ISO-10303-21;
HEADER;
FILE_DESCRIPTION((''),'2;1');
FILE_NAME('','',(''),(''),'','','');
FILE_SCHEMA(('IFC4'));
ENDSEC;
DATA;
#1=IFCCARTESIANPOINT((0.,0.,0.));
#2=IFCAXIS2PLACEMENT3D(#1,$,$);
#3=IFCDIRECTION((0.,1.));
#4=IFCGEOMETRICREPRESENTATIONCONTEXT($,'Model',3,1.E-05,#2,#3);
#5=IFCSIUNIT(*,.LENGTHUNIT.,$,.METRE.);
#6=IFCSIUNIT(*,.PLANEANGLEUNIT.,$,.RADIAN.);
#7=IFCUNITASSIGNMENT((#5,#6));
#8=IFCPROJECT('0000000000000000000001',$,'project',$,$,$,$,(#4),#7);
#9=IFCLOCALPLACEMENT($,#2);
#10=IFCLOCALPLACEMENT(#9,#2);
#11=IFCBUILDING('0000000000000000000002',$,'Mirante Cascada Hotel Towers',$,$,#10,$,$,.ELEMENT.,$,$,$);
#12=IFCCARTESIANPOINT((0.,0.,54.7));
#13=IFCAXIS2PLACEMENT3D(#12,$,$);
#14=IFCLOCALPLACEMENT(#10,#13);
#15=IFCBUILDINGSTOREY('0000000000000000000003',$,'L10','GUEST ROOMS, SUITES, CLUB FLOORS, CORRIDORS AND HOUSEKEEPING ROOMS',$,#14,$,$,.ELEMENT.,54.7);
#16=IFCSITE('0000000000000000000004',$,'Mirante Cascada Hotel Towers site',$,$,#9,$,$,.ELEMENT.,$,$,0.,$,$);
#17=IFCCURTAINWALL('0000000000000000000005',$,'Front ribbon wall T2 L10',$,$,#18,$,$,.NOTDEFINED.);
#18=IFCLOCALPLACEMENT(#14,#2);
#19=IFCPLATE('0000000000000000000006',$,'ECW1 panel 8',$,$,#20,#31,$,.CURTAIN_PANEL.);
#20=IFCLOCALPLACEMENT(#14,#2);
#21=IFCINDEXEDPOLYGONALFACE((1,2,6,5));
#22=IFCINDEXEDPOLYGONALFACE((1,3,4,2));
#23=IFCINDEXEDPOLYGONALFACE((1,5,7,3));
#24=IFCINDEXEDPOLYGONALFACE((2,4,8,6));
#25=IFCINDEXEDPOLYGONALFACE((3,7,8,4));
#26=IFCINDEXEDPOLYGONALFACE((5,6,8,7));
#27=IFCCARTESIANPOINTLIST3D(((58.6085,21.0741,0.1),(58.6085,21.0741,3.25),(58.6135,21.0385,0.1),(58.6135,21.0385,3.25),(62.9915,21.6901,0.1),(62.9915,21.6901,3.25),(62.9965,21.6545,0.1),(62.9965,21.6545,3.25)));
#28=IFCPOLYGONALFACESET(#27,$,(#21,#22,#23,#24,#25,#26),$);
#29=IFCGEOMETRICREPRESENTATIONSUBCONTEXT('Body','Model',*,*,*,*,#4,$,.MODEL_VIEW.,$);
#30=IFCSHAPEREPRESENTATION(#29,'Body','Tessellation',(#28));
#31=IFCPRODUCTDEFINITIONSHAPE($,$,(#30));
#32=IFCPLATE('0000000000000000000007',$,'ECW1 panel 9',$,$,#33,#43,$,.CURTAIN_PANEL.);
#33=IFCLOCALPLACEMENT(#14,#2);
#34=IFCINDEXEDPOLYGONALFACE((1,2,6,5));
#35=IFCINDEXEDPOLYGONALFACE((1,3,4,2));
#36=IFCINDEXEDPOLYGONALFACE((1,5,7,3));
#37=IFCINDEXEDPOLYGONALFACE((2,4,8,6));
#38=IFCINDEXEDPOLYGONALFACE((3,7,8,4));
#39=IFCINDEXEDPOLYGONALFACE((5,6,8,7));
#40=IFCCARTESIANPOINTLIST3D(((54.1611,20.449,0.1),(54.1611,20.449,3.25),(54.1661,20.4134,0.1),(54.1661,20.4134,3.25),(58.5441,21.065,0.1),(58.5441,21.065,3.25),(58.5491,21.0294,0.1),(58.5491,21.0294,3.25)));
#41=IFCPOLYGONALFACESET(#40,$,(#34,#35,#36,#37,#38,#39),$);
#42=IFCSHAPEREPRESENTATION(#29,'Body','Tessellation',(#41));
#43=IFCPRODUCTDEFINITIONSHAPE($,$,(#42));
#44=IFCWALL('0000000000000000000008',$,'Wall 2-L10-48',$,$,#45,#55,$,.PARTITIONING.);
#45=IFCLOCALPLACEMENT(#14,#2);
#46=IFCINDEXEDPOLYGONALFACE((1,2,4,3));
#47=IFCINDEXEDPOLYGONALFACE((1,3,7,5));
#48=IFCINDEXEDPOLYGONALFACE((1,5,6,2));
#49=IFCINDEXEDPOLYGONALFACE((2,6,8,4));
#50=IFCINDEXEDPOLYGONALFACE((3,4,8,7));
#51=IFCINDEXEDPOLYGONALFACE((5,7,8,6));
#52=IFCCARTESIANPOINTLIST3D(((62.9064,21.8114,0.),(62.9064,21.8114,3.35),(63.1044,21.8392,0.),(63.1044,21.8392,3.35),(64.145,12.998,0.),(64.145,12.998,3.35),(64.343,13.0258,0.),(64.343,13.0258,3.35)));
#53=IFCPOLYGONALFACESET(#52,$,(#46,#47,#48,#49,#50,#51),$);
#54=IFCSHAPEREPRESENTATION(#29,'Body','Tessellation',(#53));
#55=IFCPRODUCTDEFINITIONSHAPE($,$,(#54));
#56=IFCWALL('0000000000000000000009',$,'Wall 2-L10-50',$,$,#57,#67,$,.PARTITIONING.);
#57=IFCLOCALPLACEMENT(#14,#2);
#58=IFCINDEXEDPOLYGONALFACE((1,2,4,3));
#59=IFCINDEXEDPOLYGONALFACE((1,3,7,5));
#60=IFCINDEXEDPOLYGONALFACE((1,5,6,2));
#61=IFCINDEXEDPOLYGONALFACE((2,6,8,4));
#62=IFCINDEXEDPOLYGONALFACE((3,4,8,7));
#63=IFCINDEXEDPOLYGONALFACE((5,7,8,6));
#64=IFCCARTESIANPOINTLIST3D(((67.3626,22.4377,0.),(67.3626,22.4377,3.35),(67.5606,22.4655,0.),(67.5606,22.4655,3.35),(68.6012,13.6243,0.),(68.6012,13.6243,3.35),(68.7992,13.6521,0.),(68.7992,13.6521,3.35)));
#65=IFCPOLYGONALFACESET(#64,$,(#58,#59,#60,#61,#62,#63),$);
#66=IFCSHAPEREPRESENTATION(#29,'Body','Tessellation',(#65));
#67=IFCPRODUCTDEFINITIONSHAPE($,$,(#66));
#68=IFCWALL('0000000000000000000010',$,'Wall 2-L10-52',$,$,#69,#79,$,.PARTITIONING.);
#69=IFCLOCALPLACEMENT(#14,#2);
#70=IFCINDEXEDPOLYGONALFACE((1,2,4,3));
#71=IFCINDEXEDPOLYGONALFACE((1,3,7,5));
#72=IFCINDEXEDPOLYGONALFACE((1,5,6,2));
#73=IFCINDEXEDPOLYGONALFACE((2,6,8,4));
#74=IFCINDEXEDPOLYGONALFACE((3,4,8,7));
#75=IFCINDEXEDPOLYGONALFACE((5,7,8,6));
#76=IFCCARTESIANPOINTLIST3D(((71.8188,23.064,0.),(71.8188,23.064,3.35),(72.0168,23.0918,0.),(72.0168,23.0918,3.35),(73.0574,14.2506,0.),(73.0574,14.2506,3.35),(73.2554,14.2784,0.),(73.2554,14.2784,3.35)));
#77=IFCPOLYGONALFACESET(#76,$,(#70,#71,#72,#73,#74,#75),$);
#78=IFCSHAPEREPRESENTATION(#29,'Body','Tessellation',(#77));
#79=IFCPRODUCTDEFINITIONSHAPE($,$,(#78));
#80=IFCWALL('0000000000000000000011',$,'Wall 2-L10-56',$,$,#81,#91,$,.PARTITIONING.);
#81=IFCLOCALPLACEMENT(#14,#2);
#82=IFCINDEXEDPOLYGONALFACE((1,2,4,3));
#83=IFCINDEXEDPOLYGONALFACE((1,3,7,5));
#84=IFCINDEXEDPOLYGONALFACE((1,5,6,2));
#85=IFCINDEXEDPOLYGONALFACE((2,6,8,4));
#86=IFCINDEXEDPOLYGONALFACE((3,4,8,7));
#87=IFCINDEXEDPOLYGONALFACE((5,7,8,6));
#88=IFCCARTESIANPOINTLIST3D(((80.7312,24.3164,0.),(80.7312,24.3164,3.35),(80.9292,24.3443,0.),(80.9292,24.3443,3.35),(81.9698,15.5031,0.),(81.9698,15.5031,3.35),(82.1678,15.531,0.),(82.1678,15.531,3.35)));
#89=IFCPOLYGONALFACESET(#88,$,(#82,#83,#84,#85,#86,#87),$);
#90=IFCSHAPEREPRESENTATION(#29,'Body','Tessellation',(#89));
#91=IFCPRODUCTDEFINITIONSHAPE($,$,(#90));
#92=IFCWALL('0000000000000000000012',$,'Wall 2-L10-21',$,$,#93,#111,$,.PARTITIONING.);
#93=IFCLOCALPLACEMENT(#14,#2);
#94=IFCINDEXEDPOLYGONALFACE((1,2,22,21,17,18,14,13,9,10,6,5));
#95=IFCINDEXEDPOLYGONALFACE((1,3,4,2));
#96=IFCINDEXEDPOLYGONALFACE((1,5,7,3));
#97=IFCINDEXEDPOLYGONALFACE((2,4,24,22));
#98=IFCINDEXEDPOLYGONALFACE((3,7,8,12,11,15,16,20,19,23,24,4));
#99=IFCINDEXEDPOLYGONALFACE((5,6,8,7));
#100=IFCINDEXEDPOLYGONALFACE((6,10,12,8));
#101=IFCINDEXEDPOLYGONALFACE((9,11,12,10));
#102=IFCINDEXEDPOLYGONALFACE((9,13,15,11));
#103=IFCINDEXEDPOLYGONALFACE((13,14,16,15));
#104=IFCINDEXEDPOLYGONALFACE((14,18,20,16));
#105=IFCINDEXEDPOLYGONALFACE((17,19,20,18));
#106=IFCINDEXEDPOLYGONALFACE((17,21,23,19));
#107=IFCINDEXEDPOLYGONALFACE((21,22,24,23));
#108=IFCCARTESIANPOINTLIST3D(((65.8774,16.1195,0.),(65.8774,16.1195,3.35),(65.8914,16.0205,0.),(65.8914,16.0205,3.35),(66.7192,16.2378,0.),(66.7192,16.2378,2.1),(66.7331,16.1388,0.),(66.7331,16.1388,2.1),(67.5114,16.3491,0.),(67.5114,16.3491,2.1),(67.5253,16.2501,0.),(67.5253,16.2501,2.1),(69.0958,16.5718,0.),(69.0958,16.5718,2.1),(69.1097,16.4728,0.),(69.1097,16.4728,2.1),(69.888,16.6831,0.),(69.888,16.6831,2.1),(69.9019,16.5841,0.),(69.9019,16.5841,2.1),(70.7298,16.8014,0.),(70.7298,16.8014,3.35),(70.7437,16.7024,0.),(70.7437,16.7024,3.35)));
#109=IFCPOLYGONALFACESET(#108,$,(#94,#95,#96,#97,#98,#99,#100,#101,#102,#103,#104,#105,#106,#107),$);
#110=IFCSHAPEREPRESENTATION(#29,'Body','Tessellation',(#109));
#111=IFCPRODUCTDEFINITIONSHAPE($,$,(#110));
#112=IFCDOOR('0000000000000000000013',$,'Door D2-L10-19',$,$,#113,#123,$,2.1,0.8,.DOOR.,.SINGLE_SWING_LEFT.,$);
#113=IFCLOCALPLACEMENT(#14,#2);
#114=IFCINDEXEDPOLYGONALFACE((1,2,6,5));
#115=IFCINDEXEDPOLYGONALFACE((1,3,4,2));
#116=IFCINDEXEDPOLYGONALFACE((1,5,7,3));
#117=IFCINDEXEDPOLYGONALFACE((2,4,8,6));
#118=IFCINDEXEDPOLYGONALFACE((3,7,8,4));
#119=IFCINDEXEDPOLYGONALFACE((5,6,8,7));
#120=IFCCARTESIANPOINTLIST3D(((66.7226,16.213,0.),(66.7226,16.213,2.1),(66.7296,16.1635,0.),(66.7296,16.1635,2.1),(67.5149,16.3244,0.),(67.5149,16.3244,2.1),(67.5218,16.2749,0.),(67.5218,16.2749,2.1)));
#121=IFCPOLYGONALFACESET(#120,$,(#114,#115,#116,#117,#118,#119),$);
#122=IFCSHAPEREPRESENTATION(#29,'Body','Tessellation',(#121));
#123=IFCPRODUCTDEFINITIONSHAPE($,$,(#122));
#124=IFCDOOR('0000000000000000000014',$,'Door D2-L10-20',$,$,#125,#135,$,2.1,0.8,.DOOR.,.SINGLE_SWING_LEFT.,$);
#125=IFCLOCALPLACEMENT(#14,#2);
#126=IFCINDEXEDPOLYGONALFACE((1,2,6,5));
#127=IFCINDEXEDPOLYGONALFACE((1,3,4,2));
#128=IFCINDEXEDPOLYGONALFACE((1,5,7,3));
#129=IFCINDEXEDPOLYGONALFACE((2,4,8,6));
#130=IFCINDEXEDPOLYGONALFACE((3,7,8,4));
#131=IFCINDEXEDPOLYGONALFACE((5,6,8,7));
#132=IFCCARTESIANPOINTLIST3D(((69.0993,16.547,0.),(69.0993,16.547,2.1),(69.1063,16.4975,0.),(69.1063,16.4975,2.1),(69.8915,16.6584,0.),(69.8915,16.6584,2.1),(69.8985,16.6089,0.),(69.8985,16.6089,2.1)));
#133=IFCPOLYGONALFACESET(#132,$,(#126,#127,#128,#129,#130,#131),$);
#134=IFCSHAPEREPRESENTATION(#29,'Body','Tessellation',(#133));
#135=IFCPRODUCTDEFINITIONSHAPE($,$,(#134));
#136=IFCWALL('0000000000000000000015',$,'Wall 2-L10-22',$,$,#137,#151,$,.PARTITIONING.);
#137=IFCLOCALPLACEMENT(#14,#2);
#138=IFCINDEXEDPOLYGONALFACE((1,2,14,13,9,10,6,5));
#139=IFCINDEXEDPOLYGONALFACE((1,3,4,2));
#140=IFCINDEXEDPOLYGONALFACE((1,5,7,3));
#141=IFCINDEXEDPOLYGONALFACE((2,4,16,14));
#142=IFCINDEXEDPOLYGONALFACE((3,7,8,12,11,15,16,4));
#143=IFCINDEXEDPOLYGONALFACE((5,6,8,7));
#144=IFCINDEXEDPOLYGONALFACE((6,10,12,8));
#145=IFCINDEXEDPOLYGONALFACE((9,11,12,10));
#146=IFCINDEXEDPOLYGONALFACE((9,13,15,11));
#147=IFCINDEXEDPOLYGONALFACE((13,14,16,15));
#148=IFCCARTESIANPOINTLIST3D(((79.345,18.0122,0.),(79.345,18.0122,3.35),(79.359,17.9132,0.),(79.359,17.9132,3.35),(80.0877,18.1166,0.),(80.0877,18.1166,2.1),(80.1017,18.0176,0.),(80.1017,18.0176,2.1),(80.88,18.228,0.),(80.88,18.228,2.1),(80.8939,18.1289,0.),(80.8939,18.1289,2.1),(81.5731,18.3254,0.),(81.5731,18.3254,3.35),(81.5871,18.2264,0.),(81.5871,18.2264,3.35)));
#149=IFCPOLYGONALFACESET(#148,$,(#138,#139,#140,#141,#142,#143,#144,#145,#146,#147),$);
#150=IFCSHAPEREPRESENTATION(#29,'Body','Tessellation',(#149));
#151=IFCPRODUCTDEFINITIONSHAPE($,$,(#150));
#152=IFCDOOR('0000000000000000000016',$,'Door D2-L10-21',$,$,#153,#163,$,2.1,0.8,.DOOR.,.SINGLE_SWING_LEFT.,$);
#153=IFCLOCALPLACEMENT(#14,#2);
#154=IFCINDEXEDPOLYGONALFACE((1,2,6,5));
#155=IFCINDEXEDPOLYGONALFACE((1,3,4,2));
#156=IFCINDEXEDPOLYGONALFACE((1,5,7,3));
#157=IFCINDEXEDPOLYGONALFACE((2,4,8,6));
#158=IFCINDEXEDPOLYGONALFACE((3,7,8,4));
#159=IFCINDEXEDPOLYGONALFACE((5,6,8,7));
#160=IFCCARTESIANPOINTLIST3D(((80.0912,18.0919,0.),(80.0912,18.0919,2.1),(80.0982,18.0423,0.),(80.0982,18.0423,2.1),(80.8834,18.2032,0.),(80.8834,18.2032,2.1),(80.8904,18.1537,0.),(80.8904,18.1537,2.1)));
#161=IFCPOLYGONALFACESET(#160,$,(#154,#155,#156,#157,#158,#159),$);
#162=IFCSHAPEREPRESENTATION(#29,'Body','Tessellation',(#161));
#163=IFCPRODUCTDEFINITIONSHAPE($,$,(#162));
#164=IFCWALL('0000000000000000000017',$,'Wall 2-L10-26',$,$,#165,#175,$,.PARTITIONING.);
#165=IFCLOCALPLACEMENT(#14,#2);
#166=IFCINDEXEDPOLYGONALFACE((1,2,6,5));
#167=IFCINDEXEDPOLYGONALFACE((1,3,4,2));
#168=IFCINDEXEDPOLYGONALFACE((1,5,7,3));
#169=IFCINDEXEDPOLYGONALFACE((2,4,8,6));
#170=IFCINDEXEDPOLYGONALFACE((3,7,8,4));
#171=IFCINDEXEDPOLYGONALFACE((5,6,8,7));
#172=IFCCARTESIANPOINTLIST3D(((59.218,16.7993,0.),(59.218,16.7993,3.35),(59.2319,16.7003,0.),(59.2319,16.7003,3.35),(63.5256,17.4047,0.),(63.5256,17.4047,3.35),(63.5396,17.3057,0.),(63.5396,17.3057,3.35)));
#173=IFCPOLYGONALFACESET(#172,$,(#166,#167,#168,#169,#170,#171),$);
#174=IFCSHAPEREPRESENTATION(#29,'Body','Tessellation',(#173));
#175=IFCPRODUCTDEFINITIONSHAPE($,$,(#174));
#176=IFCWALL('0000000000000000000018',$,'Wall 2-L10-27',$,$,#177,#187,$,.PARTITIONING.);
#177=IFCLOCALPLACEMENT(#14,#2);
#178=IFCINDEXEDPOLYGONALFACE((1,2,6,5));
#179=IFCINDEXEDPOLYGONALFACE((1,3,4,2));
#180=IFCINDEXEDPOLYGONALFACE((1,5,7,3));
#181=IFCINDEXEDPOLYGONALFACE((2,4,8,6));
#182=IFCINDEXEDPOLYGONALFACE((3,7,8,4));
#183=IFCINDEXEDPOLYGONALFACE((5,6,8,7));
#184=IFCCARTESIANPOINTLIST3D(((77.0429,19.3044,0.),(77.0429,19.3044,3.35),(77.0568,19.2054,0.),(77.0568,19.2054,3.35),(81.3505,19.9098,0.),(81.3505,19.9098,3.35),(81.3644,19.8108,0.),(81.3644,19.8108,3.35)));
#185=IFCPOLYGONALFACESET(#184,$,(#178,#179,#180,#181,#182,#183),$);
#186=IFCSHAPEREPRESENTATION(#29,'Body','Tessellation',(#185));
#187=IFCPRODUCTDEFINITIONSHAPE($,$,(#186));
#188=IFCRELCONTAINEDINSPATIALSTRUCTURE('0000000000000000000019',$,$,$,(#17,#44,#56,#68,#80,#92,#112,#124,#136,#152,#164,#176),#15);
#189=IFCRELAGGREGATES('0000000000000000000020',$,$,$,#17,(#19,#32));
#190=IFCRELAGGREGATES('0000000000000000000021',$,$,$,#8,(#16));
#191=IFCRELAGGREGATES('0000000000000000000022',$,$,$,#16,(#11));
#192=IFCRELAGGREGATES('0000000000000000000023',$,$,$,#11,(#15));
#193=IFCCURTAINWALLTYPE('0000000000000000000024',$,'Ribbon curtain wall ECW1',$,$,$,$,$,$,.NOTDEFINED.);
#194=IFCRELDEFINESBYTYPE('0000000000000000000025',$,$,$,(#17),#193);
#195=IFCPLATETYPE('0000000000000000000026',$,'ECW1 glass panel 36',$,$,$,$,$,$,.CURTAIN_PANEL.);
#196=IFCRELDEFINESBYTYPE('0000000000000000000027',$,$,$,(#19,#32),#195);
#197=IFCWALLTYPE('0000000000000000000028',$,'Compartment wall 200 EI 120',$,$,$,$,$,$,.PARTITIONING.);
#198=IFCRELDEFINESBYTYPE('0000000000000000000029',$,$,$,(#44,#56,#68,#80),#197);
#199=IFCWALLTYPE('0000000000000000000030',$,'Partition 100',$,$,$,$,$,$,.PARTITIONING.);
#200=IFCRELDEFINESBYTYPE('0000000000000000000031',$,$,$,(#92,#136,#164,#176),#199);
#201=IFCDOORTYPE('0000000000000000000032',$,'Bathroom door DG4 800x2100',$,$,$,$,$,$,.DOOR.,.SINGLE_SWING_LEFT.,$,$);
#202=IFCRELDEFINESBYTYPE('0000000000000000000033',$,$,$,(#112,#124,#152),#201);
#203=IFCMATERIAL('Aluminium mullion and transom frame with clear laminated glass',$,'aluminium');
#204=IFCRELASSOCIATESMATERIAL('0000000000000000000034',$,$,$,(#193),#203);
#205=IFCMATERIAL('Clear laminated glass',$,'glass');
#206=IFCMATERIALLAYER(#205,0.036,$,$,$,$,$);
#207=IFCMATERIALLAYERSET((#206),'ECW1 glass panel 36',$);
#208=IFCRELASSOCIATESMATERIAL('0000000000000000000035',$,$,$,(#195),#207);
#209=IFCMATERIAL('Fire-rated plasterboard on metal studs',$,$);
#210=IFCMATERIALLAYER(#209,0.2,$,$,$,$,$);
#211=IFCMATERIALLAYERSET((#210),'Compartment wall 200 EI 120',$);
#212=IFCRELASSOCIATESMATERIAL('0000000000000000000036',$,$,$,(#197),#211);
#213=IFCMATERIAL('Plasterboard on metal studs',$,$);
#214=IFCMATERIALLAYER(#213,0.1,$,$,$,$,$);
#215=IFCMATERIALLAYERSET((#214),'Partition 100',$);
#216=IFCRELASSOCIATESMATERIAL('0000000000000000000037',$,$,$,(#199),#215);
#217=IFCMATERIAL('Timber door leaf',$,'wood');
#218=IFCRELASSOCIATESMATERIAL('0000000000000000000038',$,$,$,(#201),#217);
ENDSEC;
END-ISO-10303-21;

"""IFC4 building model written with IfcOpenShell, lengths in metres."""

from ifc_helpers import new_model, si_unit, direction, frame, frame_2d, origin, origin_2d, place, context, subcontext, project, spatial, rectangle, extrude, material, layer, layer_set, type_object, element, fill, aggregate, save


model = new_model("IFC4")

# Units and contexts
model_context = context("Model", 3, precision=1e-05, world=origin(), true_north=direction((0.0, 1.0)))
body_context = subcontext(model_context, "Body", "Model", "MODEL_VIEW")
ifc_project = project(units=[si_unit("LENGTHUNIT", "METRE"), si_unit("PLANEANGLEUNIT", "RADIAN")], contexts=[model_context])

# Site, building, storey
site_placement = place(None, origin())
site = spatial("IfcSite", under=ifc_project, at=site_placement, Name="Mirante Cascada Hotel Towers site", CompositionType="ELEMENT", RefElevation=0.0)
building_placement = place(site_placement, origin())
building = spatial("IfcBuilding", under=site, at=building_placement, Name="Mirante Cascada Hotel Towers", CompositionType="ELEMENT")
storey_placement = place(building_placement, frame((0.0, 0.0, 54.7)))
storey = spatial("IfcBuildingStorey", under=building, at=storey_placement, Name="L10", Description="GUEST ROOMS, SUITES, CLUB FLOORS, CORRIDORS AND HOUSEKEEPING ROOMS", CompositionType="ELEMENT", Elevation=54.7)

# Curtain wall, plates
ifc_material_1 = material(Name="Aluminium mullion and transom frame with clear laminated glass", Category="aluminium")
curtain_wall_type = type_object("IfcCurtainWallType", Name="Ribbon curtain wall ECW1", PredefinedType="NOTDEFINED", material=ifc_material_1)
curtain_wall_placement = place(storey_placement, origin())
curtain_wall = element("IfcCurtainWall", 1, at=curtain_wall_placement, inside=storey, type_object=curtain_wall_type, Name="Front ribbon wall T2 L10", PredefinedType="NOTDEFINED")
ifc_material_2 = material(Name="Clear laminated glass", Category="glass")
ifc_layer_1 = layer(ifc_material_2, 0.036)
ifc_layer_set_1 = layer_set([ifc_layer_1], Name="ECW1 glass panel 36")
plate_type = type_object("IfcPlateType", Name="ECW1 glass panel 36", PredefinedType="CURTAIN_PANEL", material=ifc_layer_set_1)
plate_1_placement = place(storey_placement, frame((60.8025, 21.3643, 0.1), z_axis=(0.0, 0.0, 1.0), x_axis=(-0.990268, -0.139173, 0.0)))
plate_1 = element("IfcPlate", 2, at=plate_1_placement, type_object=plate_type, Name="ECW1 panel 8", PredefinedType="CURTAIN_PANEL", context=body_context, shape_type="SweptSolid", body=[
    extrude(rectangle(XDim=4.4261, YDim=0.036, at=origin_2d()), origin(), (0.0, 0.0, 1.0), 3.15),
])
plate_2_placement = place(storey_placement, frame((56.3551, 20.7392, 0.1), z_axis=(0.0, 0.0, 1.0), x_axis=(-0.990268, -0.139173, 0.0)))
plate_2 = element("IfcPlate", 3, at=plate_2_placement, type_object=plate_type, Name="ECW1 panel 9", PredefinedType="CURTAIN_PANEL", context=body_context, shape_type="SweptSolid", body=[
    extrude(rectangle(XDim=4.4261, YDim=0.036, at=origin_2d()), origin(), (0.0, 0.0, 1.0), 3.15),
])
aggregate(curtain_wall, [plate_1, plate_2])

# Walls
ifc_material_3 = material(Name="Fire-rated plasterboard on metal studs")
ifc_layer_2 = layer(ifc_material_3, 0.2)
ifc_layer_set_2 = layer_set([ifc_layer_2], Name="Compartment wall 200 EI 120")
wall_type_1 = type_object("IfcWallType", Name="Compartment wall 200 EI 120", PredefinedType="PARTITIONING", material=ifc_layer_set_2)
for number, where, z_axis, x_axis, name in (
    (4, (63.0054, 21.8253, 0.0), (0.0, 0.0, 1.0), (0.139168, -0.990269, 0.0), "Wall 2-L10-48"),
    (5, (67.4616, 22.4516, 0.0), (0.0, 0.0, 1.0), (0.139168, -0.990269, 0.0), "Wall 2-L10-50"),
    (6, (71.9178, 23.0779, 0.0), (0.0, 0.0, 1.0), (0.139168, -0.990269, 0.0), "Wall 2-L10-52"),
):
    element("IfcWall", number, at=place(storey_placement, frame(where, z_axis=z_axis, x_axis=x_axis)), inside=storey, type_object=wall_type_1, Name=name, PredefinedType="PARTITIONING", context=body_context, shape_type="SweptSolid", body=[
        extrude(rectangle(XDim=8.9, YDim=0.2, at=frame_2d((4.45, 0.0))), origin(), (0.0, 0.0, 1.0), 3.35),
    ])
wall_1_placement = place(storey_placement, frame((80.8302, 24.3304, 0.0), z_axis=(0.0, 0.0, 1.0), x_axis=(0.13917, -0.990268, 0.0)))
element("IfcWall", 7, at=wall_1_placement, inside=storey, type_object=wall_type_1, Name="Wall 2-L10-56", PredefinedType="PARTITIONING", context=body_context, shape_type="SweptSolid", body=[
    extrude(rectangle(XDim=8.8999, YDim=0.2, at=frame_2d((4.45, 0.0))), origin(), (0.0, 0.0, 1.0), 3.35),
])

# Wall, openings, doors
ifc_material_4 = material(Name="Plasterboard on metal studs")
ifc_layer_3 = layer(ifc_material_4, 0.1)
ifc_layer_set_3 = layer_set([ifc_layer_3], Name="Partition 100")
wall_type_2 = type_object("IfcWallType", Name="Partition 100", PredefinedType="PARTITIONING", material=ifc_layer_set_3)
wall_2_placement = place(storey_placement, frame((65.8844, 16.07, 0.0), z_axis=(0.0, 0.0, 1.0), x_axis=(0.990269, 0.139164, 0.0)))
wall_2 = element("IfcWall", 8, at=wall_2_placement, inside=storey, type_object=wall_type_2, Name="Wall 2-L10-21", PredefinedType="PARTITIONING", context=body_context, shape_type="SweptSolid", body=[
    extrude(rectangle(XDim=4.9, YDim=0.1, at=frame_2d((2.45, 0.0))), origin(), (0.0, 0.0, 1.0), 3.35),
])
opening_1_placement = place(wall_2_placement, frame((0.85, 0.0, 0.0)))
opening_1 = element("IfcOpeningElement", 9, at=opening_1_placement, cuts=wall_2, PredefinedType="OPENING", context=body_context, shape_type="SweptSolid", body=[
    extrude(rectangle(XDim=0.8, YDim=2.1, at=frame_2d((0.4, 1.05))), frame((0.0, 0.05, 0.0), z_axis=(0.0, -1.0, 0.0), x_axis=(1.0, 0.0, 0.0)), (0.0, 0.0, 1.0), 0.1),
])
opening_2_placement = place(wall_2_placement, frame((3.25, 0.0, 0.0)))
opening_2 = element("IfcOpeningElement", 10, at=opening_2_placement, cuts=wall_2, PredefinedType="OPENING", context=body_context, shape_type="SweptSolid", body=[
    extrude(rectangle(XDim=0.8, YDim=2.1, at=frame_2d((0.4, 1.05))), frame((0.0, 0.05, 0.0), z_axis=(0.0, -1.0, 0.0), x_axis=(1.0, 0.0, 0.0)), (0.0, 0.0, 1.0), 0.1),
])
ifc_material_5 = material(Name="Timber door leaf", Category="wood")
door_type = type_object("IfcDoorType", Name="Bathroom door DG4 800x2100", OperationType="SINGLE_SWING_LEFT", PredefinedType="DOOR", material=ifc_material_5)
door_1_placement = place(opening_1_placement, origin())
door_1 = element("IfcDoor", 11, at=door_1_placement, inside=storey, type_object=door_type, Name="Door D2-L10-19", OperationType="SINGLE_SWING_LEFT", OverallHeight=2.1, OverallWidth=0.8, PredefinedType="DOOR", context=body_context, shape_type="SweptSolid", body=[
    extrude(rectangle(XDim=0.8, YDim=2.1, at=frame_2d((0.4, 1.05))), frame((0.0, 0.025, 0.0), z_axis=(0.0, -1.0, 0.0), x_axis=(1.0, 0.0, 0.0)), (0.0, 0.0, 1.0), 0.05),
])
fill(opening_1, door_1)
door_2_placement = place(opening_2_placement, origin())
door_2 = element("IfcDoor", 12, at=door_2_placement, inside=storey, type_object=door_type, Name="Door D2-L10-20", OperationType="SINGLE_SWING_LEFT", OverallHeight=2.1, OverallWidth=0.8, PredefinedType="DOOR", context=body_context, shape_type="SweptSolid", body=[
    extrude(rectangle(XDim=0.8, YDim=2.1, at=frame_2d((0.4, 1.05))), frame((0.0, 0.025, 0.0), z_axis=(0.0, -1.0, 0.0), x_axis=(1.0, 0.0, 0.0)), (0.0, 0.0, 1.0), 0.05),
])
fill(opening_2, door_2)

# Wall, opening, door
wall_3_placement = place(storey_placement, frame((81.5801, 18.2759, 0.0), z_axis=(0.0, 0.0, 1.0), x_axis=(-0.990264, -0.1392, 0.0)))
wall_3 = element("IfcWall", 13, at=wall_3_placement, inside=storey, type_object=wall_type_2, Name="Wall 2-L10-22", PredefinedType="PARTITIONING", context=body_context, shape_type="SweptSolid", body=[
    extrude(rectangle(XDim=2.25, YDim=0.1, at=frame_2d((1.125, 0.0))), origin(), (0.0, 0.0, 1.0), 3.35),
])
opening_3_placement = place(wall_3_placement, frame((0.7, 0.0, 0.0)))
opening_3 = element("IfcOpeningElement", 14, at=opening_3_placement, cuts=wall_3, PredefinedType="OPENING", context=body_context, shape_type="SweptSolid", body=[
    extrude(rectangle(XDim=0.8, YDim=2.1, at=frame_2d((0.4, 1.05))), frame((0.0, 0.05, 0.0), z_axis=(0.0, -1.0, 0.0), x_axis=(1.0, 0.0, 0.0)), (0.0, 0.0, 1.0), 0.1),
])
door_3_placement = place(opening_3_placement, origin())
door_3 = element("IfcDoor", 15, at=door_3_placement, inside=storey, type_object=door_type, Name="Door D2-L10-21", OperationType="SINGLE_SWING_LEFT", OverallHeight=2.1, OverallWidth=0.8, PredefinedType="DOOR", context=body_context, shape_type="SweptSolid", body=[
    extrude(rectangle(XDim=0.8, YDim=2.1, at=frame_2d((0.4, 1.05))), frame((0.0, 0.025, 0.0), z_axis=(0.0, -1.0, 0.0), x_axis=(1.0, 0.0, 0.0)), (0.0, 0.0, 1.0), 0.05),
])
fill(opening_3, door_3)

# Walls
wall_4_placement = place(storey_placement, frame((63.5326, 17.3552, 0.0), z_axis=(0.0, 0.0, 1.0), x_axis=(-0.990268, -0.139171, 0.0)))
element("IfcWall", 16, at=wall_4_placement, inside=storey, type_object=wall_type_2, Name="Wall 2-L10-26", PredefinedType="PARTITIONING", context=body_context, shape_type="SweptSolid", body=[
    extrude(rectangle(XDim=4.35, YDim=0.1, at=frame_2d((2.175, 0.0))), origin(), (0.0, 0.0, 1.0), 3.35),
])
wall_5_placement = place(storey_placement, frame((77.0498, 19.2549, 0.0), z_axis=(0.0, 0.0, 1.0), x_axis=(0.990268, 0.139175, 0.0)))
element("IfcWall", 17, at=wall_5_placement, inside=storey, type_object=wall_type_2, Name="Wall 2-L10-27", PredefinedType="PARTITIONING", context=body_context, shape_type="SweptSolid", body=[
    extrude(rectangle(XDim=4.3499, YDim=0.1, at=frame_2d((2.175, 0.0))), origin(), (0.0, 0.0, 1.0), 3.35),
])

save(model, "model.ifc")
